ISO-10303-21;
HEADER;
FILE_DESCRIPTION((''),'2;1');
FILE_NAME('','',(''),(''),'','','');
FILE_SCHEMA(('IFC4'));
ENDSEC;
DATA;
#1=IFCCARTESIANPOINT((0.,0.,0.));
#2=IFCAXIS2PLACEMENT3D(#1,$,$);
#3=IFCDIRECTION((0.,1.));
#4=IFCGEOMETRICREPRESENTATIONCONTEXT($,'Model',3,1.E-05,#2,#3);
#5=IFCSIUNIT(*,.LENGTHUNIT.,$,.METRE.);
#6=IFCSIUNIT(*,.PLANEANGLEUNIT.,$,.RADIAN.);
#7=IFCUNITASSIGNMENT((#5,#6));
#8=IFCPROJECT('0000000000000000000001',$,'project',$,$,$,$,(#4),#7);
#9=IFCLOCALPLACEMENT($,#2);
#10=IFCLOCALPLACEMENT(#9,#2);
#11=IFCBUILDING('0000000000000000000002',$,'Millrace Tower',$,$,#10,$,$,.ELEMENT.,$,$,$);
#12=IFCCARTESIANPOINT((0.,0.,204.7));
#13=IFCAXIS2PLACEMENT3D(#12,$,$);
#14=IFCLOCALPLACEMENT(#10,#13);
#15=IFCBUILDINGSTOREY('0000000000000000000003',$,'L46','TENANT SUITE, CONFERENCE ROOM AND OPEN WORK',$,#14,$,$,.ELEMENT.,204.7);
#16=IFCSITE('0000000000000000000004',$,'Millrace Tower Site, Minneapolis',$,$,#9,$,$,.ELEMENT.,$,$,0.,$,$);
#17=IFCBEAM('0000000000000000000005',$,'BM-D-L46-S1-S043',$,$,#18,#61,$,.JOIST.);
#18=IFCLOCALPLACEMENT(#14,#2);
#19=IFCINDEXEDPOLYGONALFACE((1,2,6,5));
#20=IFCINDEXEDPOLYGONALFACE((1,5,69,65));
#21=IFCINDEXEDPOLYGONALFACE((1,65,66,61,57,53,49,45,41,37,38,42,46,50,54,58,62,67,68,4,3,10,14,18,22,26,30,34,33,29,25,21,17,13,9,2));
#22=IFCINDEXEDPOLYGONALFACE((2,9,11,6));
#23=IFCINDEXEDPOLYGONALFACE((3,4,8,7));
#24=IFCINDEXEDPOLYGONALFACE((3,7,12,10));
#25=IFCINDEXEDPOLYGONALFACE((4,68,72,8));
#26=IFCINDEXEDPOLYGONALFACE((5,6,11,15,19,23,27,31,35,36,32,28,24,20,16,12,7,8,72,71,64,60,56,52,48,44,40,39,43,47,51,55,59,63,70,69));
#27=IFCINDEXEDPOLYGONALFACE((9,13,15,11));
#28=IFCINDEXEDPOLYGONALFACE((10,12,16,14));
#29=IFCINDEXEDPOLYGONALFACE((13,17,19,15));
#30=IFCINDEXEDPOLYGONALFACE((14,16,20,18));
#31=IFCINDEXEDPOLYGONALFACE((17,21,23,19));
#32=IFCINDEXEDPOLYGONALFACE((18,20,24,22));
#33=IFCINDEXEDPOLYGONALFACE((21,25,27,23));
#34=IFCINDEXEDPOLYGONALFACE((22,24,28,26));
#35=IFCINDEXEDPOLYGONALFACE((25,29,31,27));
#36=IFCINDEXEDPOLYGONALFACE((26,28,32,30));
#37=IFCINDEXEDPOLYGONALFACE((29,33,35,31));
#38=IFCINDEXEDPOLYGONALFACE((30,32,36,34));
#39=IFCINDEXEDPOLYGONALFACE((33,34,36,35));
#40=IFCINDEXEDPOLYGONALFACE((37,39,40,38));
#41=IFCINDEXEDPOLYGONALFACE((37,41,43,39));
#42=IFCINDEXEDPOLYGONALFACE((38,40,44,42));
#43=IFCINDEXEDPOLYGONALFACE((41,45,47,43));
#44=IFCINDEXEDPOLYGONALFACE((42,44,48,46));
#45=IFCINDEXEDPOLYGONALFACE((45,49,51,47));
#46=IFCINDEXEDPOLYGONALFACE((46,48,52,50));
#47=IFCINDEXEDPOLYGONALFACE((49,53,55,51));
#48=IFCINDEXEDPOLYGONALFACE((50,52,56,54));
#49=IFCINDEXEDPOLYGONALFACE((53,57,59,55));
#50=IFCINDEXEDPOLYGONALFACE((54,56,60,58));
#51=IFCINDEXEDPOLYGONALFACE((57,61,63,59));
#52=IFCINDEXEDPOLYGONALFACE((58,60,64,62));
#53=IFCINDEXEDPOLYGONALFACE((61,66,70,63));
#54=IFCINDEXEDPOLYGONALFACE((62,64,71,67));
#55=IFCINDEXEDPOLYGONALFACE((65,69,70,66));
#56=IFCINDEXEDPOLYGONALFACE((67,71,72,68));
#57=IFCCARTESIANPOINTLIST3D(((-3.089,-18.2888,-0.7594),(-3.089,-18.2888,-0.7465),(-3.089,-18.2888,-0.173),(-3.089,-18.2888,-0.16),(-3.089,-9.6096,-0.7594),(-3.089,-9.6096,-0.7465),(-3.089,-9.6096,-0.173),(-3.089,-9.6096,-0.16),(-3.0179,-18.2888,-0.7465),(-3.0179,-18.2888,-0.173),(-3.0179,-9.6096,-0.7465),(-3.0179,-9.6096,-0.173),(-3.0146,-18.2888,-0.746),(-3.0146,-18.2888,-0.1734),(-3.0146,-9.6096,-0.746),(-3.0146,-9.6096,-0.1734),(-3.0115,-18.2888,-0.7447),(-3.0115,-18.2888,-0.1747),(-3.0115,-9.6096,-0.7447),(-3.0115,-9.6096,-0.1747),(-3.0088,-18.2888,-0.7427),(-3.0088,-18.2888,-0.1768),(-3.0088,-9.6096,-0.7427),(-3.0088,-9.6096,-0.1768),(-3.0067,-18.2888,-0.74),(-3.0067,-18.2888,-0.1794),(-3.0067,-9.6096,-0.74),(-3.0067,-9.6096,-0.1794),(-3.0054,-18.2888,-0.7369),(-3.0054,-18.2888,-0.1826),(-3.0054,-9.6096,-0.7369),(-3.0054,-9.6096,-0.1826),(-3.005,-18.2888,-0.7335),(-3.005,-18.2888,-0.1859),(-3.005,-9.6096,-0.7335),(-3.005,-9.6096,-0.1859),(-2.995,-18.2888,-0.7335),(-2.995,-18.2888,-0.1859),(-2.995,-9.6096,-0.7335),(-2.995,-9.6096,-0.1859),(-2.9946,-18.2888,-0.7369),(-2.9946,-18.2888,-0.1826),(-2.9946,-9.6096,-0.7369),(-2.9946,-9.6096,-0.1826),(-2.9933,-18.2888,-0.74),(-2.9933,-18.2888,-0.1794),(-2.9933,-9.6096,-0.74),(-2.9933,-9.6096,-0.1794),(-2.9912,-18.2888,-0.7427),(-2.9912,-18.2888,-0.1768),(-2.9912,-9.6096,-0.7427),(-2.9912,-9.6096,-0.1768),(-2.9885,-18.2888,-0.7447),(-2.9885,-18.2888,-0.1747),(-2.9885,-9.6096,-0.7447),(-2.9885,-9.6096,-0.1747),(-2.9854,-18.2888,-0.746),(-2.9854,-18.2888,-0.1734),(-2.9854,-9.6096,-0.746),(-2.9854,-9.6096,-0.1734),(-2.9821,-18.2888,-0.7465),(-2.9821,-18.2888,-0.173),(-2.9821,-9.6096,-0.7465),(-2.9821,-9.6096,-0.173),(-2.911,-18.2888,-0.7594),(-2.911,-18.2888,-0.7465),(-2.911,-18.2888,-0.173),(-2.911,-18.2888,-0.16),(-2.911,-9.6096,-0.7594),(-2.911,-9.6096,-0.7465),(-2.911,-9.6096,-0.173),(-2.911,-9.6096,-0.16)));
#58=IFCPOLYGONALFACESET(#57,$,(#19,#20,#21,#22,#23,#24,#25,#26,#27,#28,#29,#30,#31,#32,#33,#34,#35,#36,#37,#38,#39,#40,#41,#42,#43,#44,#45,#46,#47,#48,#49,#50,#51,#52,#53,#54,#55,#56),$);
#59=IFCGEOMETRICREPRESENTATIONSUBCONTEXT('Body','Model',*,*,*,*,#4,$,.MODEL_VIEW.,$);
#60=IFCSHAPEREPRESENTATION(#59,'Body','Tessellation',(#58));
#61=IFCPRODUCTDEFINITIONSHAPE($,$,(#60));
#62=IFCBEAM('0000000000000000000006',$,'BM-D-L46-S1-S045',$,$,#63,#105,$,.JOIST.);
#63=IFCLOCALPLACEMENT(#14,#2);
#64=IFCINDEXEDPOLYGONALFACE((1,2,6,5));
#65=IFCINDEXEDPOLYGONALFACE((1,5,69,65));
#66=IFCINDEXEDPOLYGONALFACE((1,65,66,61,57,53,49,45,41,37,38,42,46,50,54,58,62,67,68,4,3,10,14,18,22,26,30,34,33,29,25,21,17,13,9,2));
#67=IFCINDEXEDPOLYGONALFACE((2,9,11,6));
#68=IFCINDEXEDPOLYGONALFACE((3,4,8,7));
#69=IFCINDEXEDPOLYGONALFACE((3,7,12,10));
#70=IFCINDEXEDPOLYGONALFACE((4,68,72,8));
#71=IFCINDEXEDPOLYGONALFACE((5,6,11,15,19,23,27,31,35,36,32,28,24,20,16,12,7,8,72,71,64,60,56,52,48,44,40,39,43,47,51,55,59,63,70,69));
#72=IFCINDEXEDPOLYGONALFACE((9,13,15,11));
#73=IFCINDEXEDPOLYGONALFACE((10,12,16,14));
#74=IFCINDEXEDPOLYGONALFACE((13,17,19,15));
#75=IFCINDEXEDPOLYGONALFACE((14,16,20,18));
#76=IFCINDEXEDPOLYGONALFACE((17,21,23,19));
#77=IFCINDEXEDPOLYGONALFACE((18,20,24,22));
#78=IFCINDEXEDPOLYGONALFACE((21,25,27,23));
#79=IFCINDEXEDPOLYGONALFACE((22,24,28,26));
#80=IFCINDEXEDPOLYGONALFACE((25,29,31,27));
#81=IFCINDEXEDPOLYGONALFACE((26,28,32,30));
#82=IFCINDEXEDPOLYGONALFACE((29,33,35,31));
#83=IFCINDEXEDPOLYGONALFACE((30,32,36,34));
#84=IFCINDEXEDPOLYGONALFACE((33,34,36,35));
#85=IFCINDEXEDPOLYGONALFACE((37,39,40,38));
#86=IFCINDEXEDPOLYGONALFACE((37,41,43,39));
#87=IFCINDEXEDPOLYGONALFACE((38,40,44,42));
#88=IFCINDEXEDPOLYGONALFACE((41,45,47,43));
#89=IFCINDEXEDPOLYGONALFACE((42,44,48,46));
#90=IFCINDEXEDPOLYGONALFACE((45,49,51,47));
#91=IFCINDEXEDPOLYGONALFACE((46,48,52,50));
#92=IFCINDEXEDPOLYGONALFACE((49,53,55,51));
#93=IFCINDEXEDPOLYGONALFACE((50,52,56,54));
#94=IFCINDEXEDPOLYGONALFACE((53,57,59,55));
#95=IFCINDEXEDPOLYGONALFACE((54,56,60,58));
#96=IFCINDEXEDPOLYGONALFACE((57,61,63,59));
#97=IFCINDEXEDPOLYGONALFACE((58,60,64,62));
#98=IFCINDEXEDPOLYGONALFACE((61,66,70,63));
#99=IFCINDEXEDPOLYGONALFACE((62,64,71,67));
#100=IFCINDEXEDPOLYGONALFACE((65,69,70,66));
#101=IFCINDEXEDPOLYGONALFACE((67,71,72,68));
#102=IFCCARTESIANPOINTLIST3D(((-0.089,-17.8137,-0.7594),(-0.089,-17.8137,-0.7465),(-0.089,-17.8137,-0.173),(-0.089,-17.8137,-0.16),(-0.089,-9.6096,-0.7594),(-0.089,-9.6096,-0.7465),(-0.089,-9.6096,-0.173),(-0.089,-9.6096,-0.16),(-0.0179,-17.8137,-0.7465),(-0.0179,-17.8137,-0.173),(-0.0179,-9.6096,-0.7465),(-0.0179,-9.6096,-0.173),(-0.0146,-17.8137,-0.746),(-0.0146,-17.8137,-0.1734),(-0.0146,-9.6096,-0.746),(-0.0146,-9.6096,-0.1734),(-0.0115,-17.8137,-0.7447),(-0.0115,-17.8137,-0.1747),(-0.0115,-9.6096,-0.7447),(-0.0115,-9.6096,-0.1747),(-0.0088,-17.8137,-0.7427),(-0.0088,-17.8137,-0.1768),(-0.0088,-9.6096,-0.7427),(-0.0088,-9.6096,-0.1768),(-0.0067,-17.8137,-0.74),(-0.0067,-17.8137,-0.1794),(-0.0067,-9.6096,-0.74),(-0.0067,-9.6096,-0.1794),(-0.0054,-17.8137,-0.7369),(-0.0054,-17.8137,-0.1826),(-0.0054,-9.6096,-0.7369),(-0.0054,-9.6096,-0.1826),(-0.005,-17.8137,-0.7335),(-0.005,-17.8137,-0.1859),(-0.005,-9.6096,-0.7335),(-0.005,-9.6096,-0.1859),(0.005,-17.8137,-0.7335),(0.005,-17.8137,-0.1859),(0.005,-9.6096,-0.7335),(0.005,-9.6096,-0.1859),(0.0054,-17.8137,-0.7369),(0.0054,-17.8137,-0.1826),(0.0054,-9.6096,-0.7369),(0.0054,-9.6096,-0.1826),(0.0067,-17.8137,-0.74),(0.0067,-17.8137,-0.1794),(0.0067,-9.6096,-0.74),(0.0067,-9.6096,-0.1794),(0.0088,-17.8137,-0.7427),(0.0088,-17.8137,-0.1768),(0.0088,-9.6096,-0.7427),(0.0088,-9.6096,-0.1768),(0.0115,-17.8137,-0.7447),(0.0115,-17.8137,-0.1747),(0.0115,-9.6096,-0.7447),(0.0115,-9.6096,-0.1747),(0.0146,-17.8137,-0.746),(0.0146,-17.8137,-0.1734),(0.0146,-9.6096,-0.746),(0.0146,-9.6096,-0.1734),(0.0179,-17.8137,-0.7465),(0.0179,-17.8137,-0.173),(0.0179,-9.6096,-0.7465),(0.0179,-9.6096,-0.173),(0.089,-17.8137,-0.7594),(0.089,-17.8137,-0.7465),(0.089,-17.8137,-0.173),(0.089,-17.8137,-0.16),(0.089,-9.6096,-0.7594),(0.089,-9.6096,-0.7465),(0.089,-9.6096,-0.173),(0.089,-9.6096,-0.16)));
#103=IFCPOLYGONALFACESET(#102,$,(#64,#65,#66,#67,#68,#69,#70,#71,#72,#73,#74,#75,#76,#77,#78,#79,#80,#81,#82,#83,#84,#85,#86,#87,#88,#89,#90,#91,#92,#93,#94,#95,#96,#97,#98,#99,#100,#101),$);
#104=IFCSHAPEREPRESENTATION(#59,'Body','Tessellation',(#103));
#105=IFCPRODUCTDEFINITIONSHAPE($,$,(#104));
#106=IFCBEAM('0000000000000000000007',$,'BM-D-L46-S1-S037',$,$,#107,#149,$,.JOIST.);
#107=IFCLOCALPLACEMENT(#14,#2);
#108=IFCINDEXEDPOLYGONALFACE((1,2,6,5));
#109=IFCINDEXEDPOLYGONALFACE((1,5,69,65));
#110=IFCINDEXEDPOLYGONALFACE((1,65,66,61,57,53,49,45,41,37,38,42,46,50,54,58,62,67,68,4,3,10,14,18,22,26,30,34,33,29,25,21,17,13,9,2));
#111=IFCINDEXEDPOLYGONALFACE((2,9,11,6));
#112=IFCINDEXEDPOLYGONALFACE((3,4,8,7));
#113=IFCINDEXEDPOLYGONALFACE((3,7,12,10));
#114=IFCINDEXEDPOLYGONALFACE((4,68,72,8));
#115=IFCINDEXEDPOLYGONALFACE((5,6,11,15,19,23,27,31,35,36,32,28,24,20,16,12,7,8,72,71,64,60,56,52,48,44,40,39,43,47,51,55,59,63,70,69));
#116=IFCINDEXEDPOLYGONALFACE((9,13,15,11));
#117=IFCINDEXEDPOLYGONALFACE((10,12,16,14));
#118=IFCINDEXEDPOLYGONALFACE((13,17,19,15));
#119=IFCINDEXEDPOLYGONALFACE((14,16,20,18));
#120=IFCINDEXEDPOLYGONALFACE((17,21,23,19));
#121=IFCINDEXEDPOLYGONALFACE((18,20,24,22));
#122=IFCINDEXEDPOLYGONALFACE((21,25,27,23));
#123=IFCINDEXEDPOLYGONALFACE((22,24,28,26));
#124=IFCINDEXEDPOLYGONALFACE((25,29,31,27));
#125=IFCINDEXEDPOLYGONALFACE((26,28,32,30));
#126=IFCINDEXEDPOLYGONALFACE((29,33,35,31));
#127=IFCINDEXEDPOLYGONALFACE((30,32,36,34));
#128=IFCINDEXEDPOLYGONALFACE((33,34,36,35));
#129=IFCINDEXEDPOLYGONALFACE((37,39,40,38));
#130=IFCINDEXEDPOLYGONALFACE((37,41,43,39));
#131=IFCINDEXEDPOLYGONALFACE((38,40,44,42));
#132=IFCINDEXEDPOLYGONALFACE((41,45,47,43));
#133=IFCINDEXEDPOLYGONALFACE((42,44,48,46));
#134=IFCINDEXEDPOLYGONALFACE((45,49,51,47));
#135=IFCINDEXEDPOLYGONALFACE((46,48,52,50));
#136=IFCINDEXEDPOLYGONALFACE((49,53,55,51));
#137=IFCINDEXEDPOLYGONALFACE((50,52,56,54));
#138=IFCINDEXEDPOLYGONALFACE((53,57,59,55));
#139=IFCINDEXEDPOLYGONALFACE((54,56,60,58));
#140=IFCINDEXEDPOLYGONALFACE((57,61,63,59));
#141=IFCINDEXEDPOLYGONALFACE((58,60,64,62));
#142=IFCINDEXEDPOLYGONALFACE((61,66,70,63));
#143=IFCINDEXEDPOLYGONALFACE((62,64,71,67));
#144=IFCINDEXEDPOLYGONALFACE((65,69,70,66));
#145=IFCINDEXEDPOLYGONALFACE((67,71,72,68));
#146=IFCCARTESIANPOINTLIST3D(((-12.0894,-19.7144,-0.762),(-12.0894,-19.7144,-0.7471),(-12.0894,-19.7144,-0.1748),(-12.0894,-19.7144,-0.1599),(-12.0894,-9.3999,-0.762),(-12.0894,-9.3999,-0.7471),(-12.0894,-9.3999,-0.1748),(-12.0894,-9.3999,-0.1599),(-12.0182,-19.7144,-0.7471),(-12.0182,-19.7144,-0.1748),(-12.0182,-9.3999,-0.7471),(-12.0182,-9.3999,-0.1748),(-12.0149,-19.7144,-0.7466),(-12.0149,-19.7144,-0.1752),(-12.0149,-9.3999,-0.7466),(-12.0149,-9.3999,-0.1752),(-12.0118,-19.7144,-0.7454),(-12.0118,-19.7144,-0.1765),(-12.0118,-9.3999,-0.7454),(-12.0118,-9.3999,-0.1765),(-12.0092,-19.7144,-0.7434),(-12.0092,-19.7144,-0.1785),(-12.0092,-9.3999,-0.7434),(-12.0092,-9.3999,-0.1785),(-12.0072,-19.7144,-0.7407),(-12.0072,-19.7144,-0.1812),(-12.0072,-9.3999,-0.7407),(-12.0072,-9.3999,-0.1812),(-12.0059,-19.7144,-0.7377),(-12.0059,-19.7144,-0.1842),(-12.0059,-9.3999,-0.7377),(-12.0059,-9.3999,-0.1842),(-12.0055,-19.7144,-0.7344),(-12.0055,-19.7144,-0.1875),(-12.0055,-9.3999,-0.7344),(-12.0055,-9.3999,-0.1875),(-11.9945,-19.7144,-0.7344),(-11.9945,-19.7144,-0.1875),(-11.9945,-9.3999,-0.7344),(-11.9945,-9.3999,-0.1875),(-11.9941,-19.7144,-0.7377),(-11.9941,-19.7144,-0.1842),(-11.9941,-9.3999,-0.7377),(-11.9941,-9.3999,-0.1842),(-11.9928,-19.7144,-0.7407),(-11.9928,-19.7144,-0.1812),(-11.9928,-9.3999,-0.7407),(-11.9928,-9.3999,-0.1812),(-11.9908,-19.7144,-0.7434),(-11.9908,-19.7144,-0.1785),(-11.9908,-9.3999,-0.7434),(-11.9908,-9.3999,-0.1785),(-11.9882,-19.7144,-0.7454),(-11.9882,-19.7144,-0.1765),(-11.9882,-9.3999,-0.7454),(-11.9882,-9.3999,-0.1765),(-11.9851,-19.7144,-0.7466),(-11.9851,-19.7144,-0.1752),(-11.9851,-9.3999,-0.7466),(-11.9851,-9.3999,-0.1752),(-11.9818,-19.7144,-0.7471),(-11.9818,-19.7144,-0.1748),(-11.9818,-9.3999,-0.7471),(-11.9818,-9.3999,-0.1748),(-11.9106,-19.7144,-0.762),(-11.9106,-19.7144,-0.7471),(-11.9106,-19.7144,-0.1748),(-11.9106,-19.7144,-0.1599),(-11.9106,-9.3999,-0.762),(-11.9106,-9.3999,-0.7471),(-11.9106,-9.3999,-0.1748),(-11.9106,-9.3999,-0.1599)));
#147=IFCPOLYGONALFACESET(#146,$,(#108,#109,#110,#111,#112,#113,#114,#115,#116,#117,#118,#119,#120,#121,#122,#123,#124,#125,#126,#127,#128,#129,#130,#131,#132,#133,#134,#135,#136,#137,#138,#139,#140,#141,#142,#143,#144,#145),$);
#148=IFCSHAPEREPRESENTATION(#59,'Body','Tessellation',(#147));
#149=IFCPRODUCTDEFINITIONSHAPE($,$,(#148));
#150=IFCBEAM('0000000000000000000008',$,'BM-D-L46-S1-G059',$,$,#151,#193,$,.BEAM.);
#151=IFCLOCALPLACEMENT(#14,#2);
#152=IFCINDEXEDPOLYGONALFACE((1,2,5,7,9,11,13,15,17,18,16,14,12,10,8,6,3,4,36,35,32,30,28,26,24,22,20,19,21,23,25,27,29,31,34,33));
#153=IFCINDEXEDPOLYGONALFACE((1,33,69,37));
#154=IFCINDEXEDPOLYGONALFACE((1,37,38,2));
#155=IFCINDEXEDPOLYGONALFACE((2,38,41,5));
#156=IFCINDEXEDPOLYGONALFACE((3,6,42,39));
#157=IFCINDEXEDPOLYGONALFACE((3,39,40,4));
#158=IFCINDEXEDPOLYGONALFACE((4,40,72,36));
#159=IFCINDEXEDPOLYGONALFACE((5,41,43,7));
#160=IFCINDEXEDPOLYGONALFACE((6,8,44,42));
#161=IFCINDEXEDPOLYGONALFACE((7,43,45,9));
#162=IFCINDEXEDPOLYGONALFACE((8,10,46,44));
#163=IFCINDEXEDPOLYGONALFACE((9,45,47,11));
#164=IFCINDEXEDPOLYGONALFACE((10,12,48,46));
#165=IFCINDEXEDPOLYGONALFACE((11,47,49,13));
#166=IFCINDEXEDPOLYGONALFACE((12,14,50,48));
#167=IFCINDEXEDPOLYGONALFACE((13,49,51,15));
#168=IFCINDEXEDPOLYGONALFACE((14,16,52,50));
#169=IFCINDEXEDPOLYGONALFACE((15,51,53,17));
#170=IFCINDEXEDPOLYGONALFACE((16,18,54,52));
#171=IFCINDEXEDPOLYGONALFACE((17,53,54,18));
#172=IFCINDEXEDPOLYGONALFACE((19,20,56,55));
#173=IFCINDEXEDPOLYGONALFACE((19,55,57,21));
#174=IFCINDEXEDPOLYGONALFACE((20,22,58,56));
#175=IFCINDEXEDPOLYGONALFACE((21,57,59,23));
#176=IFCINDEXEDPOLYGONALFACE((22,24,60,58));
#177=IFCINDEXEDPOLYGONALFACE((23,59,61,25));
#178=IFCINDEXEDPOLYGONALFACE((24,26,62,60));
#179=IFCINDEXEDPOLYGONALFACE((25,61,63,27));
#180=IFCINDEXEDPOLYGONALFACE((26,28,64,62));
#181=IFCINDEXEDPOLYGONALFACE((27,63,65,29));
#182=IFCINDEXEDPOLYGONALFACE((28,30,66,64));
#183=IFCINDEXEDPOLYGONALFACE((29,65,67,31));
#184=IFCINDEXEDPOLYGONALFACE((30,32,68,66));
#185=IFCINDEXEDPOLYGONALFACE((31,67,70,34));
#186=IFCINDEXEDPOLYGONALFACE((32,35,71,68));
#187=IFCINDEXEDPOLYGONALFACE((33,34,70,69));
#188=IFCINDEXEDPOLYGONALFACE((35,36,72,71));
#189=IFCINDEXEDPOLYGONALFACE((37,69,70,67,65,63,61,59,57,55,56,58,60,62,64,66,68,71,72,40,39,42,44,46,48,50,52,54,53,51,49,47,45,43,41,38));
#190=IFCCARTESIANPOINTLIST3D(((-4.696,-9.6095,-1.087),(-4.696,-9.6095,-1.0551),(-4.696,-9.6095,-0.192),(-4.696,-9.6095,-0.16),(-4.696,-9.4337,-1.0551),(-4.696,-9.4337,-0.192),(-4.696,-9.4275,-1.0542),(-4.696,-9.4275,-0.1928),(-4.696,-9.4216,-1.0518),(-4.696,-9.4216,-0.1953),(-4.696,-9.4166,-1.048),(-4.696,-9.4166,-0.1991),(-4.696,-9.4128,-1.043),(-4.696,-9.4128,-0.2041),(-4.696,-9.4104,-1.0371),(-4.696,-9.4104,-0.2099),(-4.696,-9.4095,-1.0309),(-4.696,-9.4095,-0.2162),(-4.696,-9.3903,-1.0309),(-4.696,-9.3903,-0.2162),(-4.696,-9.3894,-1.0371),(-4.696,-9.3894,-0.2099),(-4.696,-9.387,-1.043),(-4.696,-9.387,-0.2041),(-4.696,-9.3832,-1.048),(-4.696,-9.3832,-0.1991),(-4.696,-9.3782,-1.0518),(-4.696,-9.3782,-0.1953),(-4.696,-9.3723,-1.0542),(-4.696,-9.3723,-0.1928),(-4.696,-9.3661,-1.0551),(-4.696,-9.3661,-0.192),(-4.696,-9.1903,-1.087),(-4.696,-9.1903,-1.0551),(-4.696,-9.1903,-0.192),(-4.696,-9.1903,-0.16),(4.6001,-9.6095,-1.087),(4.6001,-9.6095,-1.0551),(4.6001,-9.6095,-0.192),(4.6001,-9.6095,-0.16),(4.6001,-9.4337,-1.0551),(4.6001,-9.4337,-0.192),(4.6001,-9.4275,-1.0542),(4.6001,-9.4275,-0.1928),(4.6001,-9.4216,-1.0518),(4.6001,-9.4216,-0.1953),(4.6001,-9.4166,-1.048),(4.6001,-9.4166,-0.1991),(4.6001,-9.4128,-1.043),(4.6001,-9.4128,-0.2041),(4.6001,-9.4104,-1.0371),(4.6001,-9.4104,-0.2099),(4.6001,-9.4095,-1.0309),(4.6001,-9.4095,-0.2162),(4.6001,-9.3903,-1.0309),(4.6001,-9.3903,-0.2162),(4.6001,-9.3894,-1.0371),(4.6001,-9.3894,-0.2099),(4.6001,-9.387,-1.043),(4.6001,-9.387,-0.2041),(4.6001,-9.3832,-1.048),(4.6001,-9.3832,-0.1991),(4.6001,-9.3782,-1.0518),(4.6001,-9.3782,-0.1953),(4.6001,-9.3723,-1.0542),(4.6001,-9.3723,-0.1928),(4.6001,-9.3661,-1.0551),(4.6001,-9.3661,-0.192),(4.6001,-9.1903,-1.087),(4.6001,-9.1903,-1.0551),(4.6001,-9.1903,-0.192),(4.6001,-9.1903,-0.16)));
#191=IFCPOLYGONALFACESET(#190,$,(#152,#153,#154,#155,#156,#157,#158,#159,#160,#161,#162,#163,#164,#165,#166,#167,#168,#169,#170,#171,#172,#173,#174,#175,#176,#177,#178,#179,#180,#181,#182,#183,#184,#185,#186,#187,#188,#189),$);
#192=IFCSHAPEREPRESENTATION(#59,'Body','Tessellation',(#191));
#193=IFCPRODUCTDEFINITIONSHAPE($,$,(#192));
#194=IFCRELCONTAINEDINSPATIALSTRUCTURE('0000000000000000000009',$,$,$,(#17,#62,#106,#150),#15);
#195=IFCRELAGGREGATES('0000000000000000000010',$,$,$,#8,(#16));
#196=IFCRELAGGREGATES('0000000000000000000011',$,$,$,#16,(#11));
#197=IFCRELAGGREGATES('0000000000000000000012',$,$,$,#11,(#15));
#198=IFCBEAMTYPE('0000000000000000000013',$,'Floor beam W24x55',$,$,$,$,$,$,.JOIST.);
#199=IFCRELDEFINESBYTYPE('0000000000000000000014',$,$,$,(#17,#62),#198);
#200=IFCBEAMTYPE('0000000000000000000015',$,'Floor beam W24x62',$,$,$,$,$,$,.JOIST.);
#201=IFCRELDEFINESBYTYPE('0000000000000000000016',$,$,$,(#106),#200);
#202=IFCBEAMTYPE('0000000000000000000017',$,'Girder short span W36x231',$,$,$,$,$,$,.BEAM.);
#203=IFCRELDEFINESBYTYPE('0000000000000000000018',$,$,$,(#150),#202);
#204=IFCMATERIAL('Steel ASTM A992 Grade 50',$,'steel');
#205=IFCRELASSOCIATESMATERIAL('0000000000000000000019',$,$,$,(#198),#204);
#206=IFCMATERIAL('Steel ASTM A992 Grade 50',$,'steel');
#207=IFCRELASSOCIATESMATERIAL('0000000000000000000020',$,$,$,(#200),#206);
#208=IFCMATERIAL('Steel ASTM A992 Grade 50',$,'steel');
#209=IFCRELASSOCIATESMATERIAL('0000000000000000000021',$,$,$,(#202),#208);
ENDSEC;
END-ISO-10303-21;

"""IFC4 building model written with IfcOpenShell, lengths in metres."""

from ifc_helpers import new_model, si_unit, direction, frame, origin, origin_2d, place, context, subcontext, project, spatial, i_section, extrude, material, material_profile, profile_set, type_object, element, save


model = new_model("IFC4")

# Units and contexts
model_context = context("Model", 3, precision=1e-05, world=origin(), true_north=direction((0.0, 1.0)))
body_context = subcontext(model_context, "Body", "Model", "MODEL_VIEW")
ifc_project = project(units=[si_unit("LENGTHUNIT", "METRE"), si_unit("PLANEANGLEUNIT", "RADIAN")], contexts=[model_context])

# Site, building, storey
site_placement = place(None, origin())
site = spatial("IfcSite", under=ifc_project, at=site_placement, Name="Millrace Tower Site, Minneapolis", CompositionType="ELEMENT", RefElevation=0.0)
building_placement = place(site_placement, origin())
building = spatial("IfcBuilding", under=site, at=building_placement, Name="Millrace Tower", CompositionType="ELEMENT")
storey_placement = place(building_placement, frame((0.0, 0.0, 204.7)))
storey = spatial("IfcBuildingStorey", under=building, at=storey_placement, Name="L46", Description="TENANT SUITE, CONFERENCE ROOM AND OPEN WORK", CompositionType="ELEMENT", Elevation=204.7)

# Beams
ifc_material_1 = material(Name="Steel ASTM A992 Grade 50", Category="steel")
ifc_material_profile_1 = material_profile(ifc_material_1, i_section(OverallWidth=0.178, OverallDepth=0.5994, WebThickness=0.01, FlangeThickness=0.0129, FilletRadius=0.0129, at=origin_2d()))
ifc_profile_set_1 = profile_set([ifc_material_profile_1], Name="Steel ASTM A992 Grade 50")
beam_type_1 = type_object("IfcBeamType", Name="Floor beam W24x55", PredefinedType="JOIST", material=ifc_profile_set_1)
beam_1_placement = place(storey_placement, frame((-3.0, -18.2888, -0.4597), z_axis=(0.0, 1.0, 0.0), x_axis=(-1.0, 0.0, 0.0)))
element("IfcBeam", 1, at=beam_1_placement, inside=storey, type_object=beam_type_1, Name="BM-D-L46-S1-S043", PredefinedType="JOIST", context=body_context, shape_type="SweptSolid", body=[
    extrude(i_section(OverallWidth=0.178, OverallDepth=0.5994, WebThickness=0.01, FlangeThickness=0.0129, FilletRadius=0.0129, at=origin_2d()), origin(), (0.0, 0.0, 1.0), 8.6792),
])
beam_2_placement = place(storey_placement, frame((0.0, -17.8137, -0.4597), z_axis=(0.0, 1.0, 0.0), x_axis=(-1.0, 0.0, 0.0)))
element("IfcBeam", 2, at=beam_2_placement, inside=storey, type_object=beam_type_1, Name="BM-D-L46-S1-S045", PredefinedType="JOIST", context=body_context, shape_type="SweptSolid", body=[
    extrude(i_section(OverallWidth=0.178, OverallDepth=0.5994, WebThickness=0.01, FlangeThickness=0.0129, FilletRadius=0.0129, at=origin_2d()), origin(), (0.0, 0.0, 1.0), 8.2041),
])
ifc_material_2 = material(Name="Steel ASTM A992 Grade 50", Category="steel")
ifc_material_profile_2 = material_profile(ifc_material_2, i_section(OverallWidth=0.1787, OverallDepth=0.6021, WebThickness=0.011, FlangeThickness=0.0149, FilletRadius=0.0127, at=origin_2d()))
ifc_profile_set_2 = profile_set([ifc_material_profile_2], Name="Steel ASTM A992 Grade 50")
beam_type_2 = type_object("IfcBeamType", Name="Floor beam W24x62", PredefinedType="JOIST", material=ifc_profile_set_2)
beam_3_placement = place(storey_placement, frame((-12.0, -19.7144, -0.4609), z_axis=(0.0, 1.0, 0.0), x_axis=(-1.0, 0.0, 0.0)))
element("IfcBeam", 3, at=beam_3_placement, inside=storey, type_object=beam_type_2, Name="BM-D-L46-S1-S037", PredefinedType="JOIST", context=body_context, shape_type="SweptSolid", body=[
    extrude(i_section(OverallWidth=0.1787, OverallDepth=0.6021, WebThickness=0.011, FlangeThickness=0.0149, FilletRadius=0.0127, at=origin_2d()), origin(), (0.0, 0.0, 1.0), 10.3145),
])
ifc_material_3 = material(Name="Steel ASTM A992 Grade 50", Category="steel")
ifc_material_profile_3 = material_profile(ifc_material_3, i_section(OverallWidth=0.4192, OverallDepth=0.927, WebThickness=0.0193, FlangeThickness=0.032, FilletRadius=0.0242, at=origin_2d()))
ifc_profile_set_3 = profile_set([ifc_material_profile_3], Name="Steel ASTM A992 Grade 50")
beam_type_3 = type_object("IfcBeamType", Name="Girder short span W36x231", PredefinedType="BEAM", material=ifc_profile_set_3)
beam_4_placement = place(storey_placement, frame((-4.696, -9.3999, -0.6235), z_axis=(1.0, 0.0, 0.0), x_axis=(0.0, 1.0, 0.0)))
element("IfcBeam", 4, at=beam_4_placement, inside=storey, type_object=beam_type_3, Name="BM-D-L46-S1-G059", PredefinedType="BEAM", context=body_context, shape_type="SweptSolid", body=[
    extrude(i_section(OverallWidth=0.4192, OverallDepth=0.927, WebThickness=0.0193, FlangeThickness=0.032, FilletRadius=0.0242, at=origin_2d()), origin(), (0.0, 0.0, 1.0), 9.2961),
])

save(model, "model.ifc")
